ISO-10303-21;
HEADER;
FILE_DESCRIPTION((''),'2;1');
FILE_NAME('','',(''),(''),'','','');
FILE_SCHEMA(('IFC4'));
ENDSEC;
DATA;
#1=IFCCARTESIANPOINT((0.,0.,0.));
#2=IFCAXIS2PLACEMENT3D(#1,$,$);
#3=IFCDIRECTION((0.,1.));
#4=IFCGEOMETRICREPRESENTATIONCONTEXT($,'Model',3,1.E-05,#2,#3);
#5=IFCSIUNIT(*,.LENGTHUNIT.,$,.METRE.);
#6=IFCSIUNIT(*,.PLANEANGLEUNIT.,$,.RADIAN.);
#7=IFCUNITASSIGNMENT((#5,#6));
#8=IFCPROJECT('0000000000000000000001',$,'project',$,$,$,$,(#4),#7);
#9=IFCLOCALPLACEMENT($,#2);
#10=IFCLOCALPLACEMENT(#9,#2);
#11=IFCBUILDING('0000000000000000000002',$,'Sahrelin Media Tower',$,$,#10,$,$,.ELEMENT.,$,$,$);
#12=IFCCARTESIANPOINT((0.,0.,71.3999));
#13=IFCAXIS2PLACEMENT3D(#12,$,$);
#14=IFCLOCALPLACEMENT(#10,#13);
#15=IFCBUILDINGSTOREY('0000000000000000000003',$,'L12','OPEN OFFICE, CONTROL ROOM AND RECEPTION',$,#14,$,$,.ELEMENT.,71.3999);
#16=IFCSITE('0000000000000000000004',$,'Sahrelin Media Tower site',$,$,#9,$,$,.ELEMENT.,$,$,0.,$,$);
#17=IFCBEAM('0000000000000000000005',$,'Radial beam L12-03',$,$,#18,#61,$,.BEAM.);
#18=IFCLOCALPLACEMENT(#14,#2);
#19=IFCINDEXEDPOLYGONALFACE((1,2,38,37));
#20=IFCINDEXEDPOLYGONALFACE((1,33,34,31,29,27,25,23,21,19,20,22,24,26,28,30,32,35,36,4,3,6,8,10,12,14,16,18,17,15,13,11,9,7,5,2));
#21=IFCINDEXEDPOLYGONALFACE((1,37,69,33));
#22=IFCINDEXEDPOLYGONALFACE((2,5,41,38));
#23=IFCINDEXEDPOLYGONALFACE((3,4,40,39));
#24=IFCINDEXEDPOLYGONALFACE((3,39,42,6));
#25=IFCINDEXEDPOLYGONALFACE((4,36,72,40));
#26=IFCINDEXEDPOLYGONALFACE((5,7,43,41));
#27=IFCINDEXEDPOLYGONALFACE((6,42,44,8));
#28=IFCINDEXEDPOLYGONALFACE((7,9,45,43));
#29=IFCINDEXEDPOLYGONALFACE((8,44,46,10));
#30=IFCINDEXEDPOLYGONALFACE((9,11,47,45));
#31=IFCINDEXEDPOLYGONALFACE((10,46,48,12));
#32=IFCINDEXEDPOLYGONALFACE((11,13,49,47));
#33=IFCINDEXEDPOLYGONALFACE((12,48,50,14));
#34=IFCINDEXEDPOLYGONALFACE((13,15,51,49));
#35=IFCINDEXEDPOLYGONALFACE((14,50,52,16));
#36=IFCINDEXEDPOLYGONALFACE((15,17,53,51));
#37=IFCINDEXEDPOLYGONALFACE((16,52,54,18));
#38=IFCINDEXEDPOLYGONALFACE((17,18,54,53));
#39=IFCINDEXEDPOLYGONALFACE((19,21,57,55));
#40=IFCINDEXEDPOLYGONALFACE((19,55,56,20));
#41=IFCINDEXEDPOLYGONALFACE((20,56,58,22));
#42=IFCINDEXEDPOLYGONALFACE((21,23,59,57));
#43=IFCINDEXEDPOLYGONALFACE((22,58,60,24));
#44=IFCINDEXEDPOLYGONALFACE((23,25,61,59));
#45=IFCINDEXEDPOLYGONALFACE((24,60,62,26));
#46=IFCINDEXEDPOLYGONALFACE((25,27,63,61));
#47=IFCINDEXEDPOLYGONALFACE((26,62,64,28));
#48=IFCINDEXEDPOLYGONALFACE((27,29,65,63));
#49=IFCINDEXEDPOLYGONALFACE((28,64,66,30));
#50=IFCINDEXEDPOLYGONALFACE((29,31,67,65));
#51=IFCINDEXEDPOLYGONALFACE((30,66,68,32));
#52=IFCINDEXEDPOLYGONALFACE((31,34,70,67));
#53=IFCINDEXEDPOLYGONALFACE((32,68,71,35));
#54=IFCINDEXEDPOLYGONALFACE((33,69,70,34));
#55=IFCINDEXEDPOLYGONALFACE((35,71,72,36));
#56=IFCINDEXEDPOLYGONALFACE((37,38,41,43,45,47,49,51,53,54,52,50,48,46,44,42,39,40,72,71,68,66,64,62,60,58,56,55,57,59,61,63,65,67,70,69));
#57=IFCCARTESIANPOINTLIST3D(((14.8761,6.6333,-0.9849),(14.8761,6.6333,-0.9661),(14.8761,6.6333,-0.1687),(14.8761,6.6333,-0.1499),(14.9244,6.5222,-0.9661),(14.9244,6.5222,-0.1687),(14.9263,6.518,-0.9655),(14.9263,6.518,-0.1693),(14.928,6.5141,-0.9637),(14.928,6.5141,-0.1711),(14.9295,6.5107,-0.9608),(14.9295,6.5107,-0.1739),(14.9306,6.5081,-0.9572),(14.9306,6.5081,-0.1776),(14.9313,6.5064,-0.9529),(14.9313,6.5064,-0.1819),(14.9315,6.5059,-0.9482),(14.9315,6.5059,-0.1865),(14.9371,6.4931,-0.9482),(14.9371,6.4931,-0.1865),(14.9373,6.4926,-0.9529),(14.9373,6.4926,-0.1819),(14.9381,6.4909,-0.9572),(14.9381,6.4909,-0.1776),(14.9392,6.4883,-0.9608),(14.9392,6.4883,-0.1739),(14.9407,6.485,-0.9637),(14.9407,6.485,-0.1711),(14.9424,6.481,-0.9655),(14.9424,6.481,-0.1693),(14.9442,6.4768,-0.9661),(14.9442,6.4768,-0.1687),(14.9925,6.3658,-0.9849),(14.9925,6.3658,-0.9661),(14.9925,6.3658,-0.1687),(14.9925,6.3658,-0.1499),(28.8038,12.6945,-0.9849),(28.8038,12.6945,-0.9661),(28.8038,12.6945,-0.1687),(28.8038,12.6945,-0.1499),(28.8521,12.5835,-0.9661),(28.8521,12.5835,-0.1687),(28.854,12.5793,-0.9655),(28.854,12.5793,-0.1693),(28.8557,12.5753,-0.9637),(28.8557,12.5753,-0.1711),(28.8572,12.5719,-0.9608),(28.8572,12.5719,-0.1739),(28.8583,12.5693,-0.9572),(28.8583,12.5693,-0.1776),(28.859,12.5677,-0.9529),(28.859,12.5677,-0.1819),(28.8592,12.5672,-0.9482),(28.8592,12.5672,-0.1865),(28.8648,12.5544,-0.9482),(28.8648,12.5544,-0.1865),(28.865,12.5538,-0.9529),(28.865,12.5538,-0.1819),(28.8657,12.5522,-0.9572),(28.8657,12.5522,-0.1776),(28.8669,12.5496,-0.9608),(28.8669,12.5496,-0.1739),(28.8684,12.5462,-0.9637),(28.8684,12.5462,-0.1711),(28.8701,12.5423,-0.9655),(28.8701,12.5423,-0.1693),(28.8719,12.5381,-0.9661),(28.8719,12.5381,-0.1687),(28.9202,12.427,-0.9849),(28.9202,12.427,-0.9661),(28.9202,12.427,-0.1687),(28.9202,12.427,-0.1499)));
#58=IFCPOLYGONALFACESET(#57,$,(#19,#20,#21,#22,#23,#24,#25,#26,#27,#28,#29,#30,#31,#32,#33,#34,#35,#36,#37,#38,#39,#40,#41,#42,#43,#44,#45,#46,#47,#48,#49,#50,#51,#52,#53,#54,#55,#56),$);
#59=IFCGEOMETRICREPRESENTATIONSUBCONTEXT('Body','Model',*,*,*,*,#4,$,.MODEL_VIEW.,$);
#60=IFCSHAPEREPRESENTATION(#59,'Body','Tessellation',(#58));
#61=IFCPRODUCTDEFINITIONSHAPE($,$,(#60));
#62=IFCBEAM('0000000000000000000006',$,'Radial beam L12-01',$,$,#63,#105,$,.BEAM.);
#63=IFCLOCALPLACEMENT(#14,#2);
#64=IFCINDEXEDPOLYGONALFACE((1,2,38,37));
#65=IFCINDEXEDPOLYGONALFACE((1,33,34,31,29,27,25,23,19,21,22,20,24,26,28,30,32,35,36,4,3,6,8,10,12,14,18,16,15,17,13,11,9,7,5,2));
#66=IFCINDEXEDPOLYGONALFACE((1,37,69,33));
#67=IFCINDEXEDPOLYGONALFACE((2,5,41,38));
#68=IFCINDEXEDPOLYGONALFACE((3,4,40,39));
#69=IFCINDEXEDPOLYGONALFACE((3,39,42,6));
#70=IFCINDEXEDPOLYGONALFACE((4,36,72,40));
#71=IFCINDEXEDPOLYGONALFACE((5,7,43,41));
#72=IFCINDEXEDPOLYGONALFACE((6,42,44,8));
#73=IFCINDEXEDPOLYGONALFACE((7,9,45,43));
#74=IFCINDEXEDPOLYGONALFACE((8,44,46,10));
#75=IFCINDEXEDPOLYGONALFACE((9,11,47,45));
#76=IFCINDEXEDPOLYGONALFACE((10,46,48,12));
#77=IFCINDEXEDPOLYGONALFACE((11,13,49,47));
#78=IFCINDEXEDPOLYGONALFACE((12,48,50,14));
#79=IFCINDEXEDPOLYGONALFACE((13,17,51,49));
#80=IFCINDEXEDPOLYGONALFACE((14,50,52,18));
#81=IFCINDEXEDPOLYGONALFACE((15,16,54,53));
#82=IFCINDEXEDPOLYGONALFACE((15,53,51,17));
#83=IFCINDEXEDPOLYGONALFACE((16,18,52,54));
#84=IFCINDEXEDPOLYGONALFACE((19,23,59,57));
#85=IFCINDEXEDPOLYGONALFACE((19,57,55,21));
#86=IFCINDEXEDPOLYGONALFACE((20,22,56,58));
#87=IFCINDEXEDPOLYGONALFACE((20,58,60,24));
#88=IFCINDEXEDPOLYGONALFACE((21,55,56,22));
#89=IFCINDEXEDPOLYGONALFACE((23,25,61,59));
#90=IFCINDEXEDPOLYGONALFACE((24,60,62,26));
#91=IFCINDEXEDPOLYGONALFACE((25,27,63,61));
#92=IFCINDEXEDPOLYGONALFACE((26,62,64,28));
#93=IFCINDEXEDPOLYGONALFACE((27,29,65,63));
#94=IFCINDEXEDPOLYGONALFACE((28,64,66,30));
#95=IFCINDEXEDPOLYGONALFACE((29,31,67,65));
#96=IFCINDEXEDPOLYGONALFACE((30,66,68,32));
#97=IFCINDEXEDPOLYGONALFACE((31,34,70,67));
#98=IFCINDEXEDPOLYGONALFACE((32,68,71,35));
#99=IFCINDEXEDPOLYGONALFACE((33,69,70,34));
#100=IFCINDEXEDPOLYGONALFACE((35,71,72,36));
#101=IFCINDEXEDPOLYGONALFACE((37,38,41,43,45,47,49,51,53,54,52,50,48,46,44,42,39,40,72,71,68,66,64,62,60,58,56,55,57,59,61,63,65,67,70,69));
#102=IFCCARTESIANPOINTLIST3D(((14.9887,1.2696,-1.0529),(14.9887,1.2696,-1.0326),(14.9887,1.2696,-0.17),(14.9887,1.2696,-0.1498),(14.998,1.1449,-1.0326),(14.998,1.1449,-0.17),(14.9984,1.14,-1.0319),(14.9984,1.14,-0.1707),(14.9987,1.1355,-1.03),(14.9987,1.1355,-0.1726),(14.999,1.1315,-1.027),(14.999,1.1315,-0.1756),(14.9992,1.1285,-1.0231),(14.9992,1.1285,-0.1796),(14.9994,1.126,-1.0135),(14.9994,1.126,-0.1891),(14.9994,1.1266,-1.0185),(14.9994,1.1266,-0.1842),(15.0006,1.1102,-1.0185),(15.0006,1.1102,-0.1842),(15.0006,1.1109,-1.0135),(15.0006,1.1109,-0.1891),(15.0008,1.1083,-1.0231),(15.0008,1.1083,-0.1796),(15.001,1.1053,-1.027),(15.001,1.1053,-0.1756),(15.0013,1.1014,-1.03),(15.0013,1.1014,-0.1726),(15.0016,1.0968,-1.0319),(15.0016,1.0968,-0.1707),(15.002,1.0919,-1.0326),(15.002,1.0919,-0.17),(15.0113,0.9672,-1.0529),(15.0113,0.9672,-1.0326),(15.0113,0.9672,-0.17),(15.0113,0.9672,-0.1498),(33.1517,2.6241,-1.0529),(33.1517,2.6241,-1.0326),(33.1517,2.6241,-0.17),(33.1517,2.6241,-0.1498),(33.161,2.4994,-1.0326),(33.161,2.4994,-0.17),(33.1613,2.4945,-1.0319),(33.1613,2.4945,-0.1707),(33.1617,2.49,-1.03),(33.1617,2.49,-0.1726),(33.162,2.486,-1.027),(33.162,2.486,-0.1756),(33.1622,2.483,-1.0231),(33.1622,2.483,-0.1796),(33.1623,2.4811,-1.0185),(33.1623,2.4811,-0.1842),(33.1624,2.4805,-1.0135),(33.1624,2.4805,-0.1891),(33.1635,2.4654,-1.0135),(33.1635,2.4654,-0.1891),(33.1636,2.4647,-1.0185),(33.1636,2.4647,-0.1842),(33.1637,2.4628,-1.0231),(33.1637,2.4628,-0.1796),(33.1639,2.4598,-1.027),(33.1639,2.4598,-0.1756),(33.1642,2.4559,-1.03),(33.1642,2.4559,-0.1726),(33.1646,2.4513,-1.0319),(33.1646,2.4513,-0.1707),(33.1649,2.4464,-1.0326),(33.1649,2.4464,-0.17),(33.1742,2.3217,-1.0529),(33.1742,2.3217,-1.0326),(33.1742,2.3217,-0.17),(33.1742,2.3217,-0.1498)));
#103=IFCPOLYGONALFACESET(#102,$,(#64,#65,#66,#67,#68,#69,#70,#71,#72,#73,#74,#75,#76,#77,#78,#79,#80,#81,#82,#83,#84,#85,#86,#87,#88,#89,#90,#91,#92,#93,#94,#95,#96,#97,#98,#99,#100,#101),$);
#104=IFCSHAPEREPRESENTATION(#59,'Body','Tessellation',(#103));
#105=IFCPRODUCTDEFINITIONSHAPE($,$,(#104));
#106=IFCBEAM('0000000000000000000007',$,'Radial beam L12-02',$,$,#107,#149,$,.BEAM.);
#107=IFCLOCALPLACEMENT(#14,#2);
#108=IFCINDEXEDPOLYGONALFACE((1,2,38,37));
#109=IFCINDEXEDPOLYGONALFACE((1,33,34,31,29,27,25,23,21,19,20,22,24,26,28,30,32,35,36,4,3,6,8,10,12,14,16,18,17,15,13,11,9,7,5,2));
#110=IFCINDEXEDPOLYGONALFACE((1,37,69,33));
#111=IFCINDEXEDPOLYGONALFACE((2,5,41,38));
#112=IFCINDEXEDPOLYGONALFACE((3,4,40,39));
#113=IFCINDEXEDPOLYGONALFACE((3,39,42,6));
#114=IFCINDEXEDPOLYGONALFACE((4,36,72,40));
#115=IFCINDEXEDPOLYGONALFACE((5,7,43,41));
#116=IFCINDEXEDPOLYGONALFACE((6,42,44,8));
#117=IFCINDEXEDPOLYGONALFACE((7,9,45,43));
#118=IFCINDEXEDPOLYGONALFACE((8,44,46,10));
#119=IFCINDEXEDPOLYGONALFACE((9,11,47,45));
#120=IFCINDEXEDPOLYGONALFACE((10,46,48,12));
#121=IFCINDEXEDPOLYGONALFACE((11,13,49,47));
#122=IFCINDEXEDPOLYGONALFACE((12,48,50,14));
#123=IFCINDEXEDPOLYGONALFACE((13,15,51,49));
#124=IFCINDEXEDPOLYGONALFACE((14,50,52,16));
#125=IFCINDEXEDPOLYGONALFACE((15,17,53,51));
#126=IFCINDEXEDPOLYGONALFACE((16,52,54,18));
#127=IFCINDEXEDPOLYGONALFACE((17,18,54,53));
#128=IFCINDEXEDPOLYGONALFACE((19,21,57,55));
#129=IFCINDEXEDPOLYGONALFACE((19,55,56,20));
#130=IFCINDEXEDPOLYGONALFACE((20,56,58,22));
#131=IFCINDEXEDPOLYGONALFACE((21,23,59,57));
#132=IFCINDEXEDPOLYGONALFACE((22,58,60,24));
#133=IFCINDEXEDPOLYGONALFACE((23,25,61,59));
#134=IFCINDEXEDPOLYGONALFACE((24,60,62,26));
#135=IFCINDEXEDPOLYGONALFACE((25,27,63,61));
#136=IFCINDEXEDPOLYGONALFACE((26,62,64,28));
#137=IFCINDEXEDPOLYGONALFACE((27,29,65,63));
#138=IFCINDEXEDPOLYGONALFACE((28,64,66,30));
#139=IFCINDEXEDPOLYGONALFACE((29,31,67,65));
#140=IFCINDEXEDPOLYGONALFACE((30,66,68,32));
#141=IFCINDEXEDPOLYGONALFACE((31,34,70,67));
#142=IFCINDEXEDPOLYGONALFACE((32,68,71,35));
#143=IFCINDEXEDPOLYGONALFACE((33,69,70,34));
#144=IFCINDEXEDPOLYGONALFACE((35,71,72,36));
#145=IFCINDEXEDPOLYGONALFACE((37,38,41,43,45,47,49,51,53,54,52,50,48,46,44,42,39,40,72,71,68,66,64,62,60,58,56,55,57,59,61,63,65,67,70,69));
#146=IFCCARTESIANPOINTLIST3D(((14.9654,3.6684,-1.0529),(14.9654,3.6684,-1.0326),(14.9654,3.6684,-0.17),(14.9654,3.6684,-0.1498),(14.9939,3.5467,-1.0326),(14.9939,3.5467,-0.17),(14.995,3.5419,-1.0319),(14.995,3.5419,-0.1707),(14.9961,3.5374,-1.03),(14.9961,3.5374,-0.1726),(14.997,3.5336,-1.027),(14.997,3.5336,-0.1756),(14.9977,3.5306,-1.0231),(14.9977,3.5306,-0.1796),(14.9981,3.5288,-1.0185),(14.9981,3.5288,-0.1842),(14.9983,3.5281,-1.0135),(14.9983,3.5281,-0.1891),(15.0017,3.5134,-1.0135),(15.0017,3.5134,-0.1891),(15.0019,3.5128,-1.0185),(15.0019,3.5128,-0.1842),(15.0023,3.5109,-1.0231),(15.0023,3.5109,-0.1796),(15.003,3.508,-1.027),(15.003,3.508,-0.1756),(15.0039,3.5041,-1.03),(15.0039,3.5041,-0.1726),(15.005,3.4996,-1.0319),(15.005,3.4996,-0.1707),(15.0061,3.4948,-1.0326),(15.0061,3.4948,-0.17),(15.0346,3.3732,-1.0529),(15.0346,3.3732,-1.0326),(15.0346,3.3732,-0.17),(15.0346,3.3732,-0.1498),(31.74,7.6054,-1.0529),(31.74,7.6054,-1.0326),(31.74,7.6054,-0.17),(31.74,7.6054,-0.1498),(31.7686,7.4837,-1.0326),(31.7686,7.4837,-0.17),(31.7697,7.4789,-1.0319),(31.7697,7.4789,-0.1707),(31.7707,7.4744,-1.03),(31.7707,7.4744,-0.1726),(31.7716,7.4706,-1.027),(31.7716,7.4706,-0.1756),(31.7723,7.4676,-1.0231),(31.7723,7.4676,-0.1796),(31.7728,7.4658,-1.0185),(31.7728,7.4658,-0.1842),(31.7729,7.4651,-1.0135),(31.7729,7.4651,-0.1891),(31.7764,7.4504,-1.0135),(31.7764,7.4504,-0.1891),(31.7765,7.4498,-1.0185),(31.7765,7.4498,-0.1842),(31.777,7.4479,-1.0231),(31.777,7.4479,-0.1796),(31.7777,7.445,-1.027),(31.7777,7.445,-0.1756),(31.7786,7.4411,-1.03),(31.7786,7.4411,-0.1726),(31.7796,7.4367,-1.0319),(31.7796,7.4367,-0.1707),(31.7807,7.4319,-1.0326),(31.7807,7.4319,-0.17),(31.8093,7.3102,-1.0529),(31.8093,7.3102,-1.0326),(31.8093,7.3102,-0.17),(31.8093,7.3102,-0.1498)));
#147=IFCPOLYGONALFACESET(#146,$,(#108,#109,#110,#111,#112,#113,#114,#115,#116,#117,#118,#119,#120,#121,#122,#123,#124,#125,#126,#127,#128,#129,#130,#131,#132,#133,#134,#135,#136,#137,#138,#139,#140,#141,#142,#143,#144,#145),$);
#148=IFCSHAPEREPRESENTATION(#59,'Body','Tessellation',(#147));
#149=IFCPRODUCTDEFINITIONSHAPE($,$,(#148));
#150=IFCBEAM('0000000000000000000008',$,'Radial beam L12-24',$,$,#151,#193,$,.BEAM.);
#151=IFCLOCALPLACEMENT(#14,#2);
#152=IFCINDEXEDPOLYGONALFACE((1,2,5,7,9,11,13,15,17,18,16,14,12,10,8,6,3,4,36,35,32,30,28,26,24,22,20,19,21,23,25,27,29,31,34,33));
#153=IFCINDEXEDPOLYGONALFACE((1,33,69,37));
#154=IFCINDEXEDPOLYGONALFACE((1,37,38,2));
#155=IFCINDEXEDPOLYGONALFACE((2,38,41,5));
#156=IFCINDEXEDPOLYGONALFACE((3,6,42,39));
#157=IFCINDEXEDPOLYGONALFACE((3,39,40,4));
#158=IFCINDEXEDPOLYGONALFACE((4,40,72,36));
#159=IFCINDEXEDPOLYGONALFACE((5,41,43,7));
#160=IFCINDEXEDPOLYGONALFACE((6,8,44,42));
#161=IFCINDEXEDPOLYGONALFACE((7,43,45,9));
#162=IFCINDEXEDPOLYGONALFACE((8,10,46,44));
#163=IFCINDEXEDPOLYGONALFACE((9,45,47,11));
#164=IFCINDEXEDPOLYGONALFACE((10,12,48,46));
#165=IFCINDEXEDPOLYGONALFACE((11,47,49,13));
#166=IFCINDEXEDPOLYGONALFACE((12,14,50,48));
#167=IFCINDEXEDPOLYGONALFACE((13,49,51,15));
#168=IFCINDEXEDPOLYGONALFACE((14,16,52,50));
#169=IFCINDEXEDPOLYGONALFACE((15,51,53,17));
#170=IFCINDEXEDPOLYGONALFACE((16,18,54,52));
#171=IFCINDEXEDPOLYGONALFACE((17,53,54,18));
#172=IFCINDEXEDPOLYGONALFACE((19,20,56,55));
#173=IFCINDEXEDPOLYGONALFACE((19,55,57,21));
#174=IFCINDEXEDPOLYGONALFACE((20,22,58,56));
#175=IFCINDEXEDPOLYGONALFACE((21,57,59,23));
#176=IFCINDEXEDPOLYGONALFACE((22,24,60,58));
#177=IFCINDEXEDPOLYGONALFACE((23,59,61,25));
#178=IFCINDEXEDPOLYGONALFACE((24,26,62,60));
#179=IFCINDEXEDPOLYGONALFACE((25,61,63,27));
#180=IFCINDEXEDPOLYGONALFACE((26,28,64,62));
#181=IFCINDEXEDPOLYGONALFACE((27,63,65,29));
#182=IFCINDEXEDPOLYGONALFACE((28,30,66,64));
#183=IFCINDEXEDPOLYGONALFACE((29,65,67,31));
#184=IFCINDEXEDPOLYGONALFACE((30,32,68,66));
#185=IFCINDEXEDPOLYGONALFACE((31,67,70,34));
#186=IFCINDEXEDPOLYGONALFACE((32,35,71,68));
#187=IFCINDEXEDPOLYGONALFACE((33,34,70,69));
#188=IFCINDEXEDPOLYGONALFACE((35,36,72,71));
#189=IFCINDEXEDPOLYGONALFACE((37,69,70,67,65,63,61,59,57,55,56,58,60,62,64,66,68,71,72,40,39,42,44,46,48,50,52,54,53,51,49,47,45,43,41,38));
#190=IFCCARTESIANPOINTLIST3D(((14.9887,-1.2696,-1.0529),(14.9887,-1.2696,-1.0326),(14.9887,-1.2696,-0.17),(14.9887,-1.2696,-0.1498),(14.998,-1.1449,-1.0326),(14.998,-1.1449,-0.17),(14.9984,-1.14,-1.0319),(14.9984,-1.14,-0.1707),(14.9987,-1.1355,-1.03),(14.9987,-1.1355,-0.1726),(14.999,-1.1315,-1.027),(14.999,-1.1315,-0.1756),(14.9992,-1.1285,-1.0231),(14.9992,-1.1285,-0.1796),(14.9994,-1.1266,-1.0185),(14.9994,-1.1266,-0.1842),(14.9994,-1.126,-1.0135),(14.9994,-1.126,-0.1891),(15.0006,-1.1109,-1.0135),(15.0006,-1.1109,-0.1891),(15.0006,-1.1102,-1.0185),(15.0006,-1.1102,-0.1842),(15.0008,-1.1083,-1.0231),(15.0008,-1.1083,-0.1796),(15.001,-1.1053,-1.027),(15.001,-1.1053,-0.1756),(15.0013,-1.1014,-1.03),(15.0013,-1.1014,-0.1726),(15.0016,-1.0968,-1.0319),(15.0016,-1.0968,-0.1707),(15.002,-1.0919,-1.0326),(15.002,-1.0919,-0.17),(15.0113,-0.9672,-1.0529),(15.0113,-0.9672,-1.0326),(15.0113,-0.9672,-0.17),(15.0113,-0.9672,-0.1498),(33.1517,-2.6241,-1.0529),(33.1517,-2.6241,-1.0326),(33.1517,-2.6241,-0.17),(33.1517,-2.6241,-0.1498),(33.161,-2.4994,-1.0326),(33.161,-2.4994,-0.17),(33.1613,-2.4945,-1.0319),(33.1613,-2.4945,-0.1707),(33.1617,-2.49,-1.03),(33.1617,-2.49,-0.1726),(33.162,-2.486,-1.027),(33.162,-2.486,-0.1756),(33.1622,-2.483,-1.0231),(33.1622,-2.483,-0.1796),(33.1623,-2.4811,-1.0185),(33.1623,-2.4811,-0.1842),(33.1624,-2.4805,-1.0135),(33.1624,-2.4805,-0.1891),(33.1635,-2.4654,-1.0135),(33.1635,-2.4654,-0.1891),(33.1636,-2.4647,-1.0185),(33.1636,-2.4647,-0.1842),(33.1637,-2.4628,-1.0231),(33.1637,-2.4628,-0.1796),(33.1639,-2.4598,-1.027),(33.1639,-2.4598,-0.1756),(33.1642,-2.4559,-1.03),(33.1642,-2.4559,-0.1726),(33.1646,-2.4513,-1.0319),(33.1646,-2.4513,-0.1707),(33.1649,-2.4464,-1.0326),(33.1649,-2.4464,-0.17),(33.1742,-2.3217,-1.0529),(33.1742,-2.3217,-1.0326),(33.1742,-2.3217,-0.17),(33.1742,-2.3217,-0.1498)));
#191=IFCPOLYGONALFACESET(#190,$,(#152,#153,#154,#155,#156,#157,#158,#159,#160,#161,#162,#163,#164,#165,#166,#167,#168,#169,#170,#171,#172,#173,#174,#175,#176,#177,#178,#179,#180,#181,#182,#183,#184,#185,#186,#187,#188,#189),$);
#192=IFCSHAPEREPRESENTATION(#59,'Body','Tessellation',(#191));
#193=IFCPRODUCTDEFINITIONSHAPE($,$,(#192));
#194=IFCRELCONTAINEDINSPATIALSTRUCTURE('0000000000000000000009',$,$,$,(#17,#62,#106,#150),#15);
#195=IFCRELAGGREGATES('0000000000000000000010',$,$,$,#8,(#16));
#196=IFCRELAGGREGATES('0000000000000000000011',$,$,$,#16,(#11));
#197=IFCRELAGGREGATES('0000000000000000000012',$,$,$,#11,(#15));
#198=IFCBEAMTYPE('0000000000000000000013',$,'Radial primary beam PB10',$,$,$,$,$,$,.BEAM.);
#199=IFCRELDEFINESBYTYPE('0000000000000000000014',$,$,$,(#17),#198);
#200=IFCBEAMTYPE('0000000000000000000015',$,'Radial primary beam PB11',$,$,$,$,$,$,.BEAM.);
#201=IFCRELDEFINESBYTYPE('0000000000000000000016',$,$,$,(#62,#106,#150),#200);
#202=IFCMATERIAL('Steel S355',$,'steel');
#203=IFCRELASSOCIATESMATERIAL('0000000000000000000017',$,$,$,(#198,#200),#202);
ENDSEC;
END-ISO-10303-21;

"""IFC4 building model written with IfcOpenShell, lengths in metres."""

from ifc_helpers import new_model, si_unit, direction, frame, origin, origin_2d, place, context, subcontext, project, spatial, i_section, extrude, material, material_profile, profile_set, type_object, element, save


model = new_model("IFC4")

# Units and contexts
model_context = context("Model", 3, precision=1e-05, world=origin(), true_north=direction((0.0, 1.0)))
body_context = subcontext(model_context, "Body", "Model", "MODEL_VIEW")
ifc_project = project(units=[si_unit("LENGTHUNIT", "METRE"), si_unit("PLANEANGLEUNIT", "RADIAN")], contexts=[model_context])

# Site, building, storey
site_placement = place(None, origin())
site = spatial("IfcSite", under=ifc_project, at=site_placement, Name="Sahrelin Media Tower site", CompositionType="ELEMENT", RefElevation=0.0)
building_placement = place(site_placement, origin())
building = spatial("IfcBuilding", under=site, at=building_placement, Name="Sahrelin Media Tower", CompositionType="ELEMENT")
storey_placement = place(building_placement, frame((0.0, 0.0, 71.3999)))
storey = spatial("IfcBuildingStorey", under=building, at=storey_placement, Name="L12", Description="OPEN OFFICE, CONTROL ROOM AND RECEPTION", CompositionType="ELEMENT", Elevation=71.3999)

# Beams
ifc_material_1 = material(Name="Steel S355", Category="steel")
ifc_material_profile_1 = material_profile(ifc_material_1, i_section(OverallWidth=0.2917, OverallDepth=0.835, WebThickness=0.0139, FlangeThickness=0.0188, FilletRadius=0.0178, at=origin_2d()), Name="UB 838x292x176")
ifc_profile_set_1 = profile_set([ifc_material_profile_1], Name="Steel S355")
beam_type_1 = type_object("IfcBeamType", Name="Radial primary beam PB10", PredefinedType="BEAM", material=ifc_profile_set_1)
beam_1_placement = place(storey_placement, frame((14.9343, 6.4995, -0.5674), z_axis=(0.916932, 0.399044, 0.0), x_axis=(-0.399044, 0.916932, 0.0)))
element("IfcBeam", 1, at=beam_1_placement, inside=storey, type_object=beam_type_1, Name="Radial beam L12-03", PredefinedType="BEAM", context=body_context, shape_type="SweptSolid", body=[
    extrude(i_section(OverallWidth=0.2917, OverallDepth=0.835, WebThickness=0.0139, FlangeThickness=0.0188, FilletRadius=0.0178, at=origin_2d()), origin(), (0.0, 0.0, 1.0), 15.1895),
])
ifc_material_profile_2 = material_profile(ifc_material_1, i_section(OverallWidth=0.3032, OverallDepth=0.9031, WebThickness=0.0151, FlangeThickness=0.0203, FilletRadius=0.019, at=origin_2d()), Name="UB 914x305x201")
ifc_profile_set_2 = profile_set([ifc_material_profile_2], Name="Steel S355")
beam_type_2 = type_object("IfcBeamType", Name="Radial primary beam PB11", PredefinedType="BEAM", material=ifc_profile_set_2)
beam_2_placement = place(storey_placement, frame((15.0, 1.1184, -0.6013), z_axis=(0.997231, 0.074368, 0.0), x_axis=(-0.074368, 0.997231, 0.0)))
element("IfcBeam", 2, at=beam_2_placement, inside=storey, type_object=beam_type_2, Name="Radial beam L12-01", PredefinedType="BEAM", context=body_context, shape_type="SweptSolid", body=[
    extrude(i_section(OverallWidth=0.3032, OverallDepth=0.9031, WebThickness=0.0151, FlangeThickness=0.0203, FilletRadius=0.019, at=origin_2d()), origin(), (0.0, 0.0, 1.0), 18.2134),
])
beam_3_placement = place(storey_placement, frame((15.0, 3.5208, -0.6013), z_axis=(0.973546, 0.228491, 0.0), x_axis=(-0.228491, 0.973546, 0.0)))
element("IfcBeam", 3, at=beam_3_placement, inside=storey, type_object=beam_type_2, Name="Radial beam L12-02", PredefinedType="BEAM", context=body_context, shape_type="SweptSolid", body=[
    extrude(i_section(OverallWidth=0.3032, OverallDepth=0.9031, WebThickness=0.0151, FlangeThickness=0.0203, FilletRadius=0.019, at=origin_2d()), origin(), (0.0, 0.0, 1.0), 17.2305),
])
beam_4_placement = place(storey_placement, frame((15.0, -1.1184, -0.6013), z_axis=(0.997231, -0.074368, 0.0), x_axis=(0.074368, 0.997231, 0.0)))
element("IfcBeam", 4, at=beam_4_placement, inside=storey, type_object=beam_type_2, Name="Radial beam L12-24", PredefinedType="BEAM", context=body_context, shape_type="SweptSolid", body=[
    extrude(i_section(OverallWidth=0.3032, OverallDepth=0.9031, WebThickness=0.0151, FlangeThickness=0.0203, FilletRadius=0.019, at=origin_2d()), origin(), (0.0, 0.0, 1.0), 18.2134),
])

save(model, "model.ifc")
